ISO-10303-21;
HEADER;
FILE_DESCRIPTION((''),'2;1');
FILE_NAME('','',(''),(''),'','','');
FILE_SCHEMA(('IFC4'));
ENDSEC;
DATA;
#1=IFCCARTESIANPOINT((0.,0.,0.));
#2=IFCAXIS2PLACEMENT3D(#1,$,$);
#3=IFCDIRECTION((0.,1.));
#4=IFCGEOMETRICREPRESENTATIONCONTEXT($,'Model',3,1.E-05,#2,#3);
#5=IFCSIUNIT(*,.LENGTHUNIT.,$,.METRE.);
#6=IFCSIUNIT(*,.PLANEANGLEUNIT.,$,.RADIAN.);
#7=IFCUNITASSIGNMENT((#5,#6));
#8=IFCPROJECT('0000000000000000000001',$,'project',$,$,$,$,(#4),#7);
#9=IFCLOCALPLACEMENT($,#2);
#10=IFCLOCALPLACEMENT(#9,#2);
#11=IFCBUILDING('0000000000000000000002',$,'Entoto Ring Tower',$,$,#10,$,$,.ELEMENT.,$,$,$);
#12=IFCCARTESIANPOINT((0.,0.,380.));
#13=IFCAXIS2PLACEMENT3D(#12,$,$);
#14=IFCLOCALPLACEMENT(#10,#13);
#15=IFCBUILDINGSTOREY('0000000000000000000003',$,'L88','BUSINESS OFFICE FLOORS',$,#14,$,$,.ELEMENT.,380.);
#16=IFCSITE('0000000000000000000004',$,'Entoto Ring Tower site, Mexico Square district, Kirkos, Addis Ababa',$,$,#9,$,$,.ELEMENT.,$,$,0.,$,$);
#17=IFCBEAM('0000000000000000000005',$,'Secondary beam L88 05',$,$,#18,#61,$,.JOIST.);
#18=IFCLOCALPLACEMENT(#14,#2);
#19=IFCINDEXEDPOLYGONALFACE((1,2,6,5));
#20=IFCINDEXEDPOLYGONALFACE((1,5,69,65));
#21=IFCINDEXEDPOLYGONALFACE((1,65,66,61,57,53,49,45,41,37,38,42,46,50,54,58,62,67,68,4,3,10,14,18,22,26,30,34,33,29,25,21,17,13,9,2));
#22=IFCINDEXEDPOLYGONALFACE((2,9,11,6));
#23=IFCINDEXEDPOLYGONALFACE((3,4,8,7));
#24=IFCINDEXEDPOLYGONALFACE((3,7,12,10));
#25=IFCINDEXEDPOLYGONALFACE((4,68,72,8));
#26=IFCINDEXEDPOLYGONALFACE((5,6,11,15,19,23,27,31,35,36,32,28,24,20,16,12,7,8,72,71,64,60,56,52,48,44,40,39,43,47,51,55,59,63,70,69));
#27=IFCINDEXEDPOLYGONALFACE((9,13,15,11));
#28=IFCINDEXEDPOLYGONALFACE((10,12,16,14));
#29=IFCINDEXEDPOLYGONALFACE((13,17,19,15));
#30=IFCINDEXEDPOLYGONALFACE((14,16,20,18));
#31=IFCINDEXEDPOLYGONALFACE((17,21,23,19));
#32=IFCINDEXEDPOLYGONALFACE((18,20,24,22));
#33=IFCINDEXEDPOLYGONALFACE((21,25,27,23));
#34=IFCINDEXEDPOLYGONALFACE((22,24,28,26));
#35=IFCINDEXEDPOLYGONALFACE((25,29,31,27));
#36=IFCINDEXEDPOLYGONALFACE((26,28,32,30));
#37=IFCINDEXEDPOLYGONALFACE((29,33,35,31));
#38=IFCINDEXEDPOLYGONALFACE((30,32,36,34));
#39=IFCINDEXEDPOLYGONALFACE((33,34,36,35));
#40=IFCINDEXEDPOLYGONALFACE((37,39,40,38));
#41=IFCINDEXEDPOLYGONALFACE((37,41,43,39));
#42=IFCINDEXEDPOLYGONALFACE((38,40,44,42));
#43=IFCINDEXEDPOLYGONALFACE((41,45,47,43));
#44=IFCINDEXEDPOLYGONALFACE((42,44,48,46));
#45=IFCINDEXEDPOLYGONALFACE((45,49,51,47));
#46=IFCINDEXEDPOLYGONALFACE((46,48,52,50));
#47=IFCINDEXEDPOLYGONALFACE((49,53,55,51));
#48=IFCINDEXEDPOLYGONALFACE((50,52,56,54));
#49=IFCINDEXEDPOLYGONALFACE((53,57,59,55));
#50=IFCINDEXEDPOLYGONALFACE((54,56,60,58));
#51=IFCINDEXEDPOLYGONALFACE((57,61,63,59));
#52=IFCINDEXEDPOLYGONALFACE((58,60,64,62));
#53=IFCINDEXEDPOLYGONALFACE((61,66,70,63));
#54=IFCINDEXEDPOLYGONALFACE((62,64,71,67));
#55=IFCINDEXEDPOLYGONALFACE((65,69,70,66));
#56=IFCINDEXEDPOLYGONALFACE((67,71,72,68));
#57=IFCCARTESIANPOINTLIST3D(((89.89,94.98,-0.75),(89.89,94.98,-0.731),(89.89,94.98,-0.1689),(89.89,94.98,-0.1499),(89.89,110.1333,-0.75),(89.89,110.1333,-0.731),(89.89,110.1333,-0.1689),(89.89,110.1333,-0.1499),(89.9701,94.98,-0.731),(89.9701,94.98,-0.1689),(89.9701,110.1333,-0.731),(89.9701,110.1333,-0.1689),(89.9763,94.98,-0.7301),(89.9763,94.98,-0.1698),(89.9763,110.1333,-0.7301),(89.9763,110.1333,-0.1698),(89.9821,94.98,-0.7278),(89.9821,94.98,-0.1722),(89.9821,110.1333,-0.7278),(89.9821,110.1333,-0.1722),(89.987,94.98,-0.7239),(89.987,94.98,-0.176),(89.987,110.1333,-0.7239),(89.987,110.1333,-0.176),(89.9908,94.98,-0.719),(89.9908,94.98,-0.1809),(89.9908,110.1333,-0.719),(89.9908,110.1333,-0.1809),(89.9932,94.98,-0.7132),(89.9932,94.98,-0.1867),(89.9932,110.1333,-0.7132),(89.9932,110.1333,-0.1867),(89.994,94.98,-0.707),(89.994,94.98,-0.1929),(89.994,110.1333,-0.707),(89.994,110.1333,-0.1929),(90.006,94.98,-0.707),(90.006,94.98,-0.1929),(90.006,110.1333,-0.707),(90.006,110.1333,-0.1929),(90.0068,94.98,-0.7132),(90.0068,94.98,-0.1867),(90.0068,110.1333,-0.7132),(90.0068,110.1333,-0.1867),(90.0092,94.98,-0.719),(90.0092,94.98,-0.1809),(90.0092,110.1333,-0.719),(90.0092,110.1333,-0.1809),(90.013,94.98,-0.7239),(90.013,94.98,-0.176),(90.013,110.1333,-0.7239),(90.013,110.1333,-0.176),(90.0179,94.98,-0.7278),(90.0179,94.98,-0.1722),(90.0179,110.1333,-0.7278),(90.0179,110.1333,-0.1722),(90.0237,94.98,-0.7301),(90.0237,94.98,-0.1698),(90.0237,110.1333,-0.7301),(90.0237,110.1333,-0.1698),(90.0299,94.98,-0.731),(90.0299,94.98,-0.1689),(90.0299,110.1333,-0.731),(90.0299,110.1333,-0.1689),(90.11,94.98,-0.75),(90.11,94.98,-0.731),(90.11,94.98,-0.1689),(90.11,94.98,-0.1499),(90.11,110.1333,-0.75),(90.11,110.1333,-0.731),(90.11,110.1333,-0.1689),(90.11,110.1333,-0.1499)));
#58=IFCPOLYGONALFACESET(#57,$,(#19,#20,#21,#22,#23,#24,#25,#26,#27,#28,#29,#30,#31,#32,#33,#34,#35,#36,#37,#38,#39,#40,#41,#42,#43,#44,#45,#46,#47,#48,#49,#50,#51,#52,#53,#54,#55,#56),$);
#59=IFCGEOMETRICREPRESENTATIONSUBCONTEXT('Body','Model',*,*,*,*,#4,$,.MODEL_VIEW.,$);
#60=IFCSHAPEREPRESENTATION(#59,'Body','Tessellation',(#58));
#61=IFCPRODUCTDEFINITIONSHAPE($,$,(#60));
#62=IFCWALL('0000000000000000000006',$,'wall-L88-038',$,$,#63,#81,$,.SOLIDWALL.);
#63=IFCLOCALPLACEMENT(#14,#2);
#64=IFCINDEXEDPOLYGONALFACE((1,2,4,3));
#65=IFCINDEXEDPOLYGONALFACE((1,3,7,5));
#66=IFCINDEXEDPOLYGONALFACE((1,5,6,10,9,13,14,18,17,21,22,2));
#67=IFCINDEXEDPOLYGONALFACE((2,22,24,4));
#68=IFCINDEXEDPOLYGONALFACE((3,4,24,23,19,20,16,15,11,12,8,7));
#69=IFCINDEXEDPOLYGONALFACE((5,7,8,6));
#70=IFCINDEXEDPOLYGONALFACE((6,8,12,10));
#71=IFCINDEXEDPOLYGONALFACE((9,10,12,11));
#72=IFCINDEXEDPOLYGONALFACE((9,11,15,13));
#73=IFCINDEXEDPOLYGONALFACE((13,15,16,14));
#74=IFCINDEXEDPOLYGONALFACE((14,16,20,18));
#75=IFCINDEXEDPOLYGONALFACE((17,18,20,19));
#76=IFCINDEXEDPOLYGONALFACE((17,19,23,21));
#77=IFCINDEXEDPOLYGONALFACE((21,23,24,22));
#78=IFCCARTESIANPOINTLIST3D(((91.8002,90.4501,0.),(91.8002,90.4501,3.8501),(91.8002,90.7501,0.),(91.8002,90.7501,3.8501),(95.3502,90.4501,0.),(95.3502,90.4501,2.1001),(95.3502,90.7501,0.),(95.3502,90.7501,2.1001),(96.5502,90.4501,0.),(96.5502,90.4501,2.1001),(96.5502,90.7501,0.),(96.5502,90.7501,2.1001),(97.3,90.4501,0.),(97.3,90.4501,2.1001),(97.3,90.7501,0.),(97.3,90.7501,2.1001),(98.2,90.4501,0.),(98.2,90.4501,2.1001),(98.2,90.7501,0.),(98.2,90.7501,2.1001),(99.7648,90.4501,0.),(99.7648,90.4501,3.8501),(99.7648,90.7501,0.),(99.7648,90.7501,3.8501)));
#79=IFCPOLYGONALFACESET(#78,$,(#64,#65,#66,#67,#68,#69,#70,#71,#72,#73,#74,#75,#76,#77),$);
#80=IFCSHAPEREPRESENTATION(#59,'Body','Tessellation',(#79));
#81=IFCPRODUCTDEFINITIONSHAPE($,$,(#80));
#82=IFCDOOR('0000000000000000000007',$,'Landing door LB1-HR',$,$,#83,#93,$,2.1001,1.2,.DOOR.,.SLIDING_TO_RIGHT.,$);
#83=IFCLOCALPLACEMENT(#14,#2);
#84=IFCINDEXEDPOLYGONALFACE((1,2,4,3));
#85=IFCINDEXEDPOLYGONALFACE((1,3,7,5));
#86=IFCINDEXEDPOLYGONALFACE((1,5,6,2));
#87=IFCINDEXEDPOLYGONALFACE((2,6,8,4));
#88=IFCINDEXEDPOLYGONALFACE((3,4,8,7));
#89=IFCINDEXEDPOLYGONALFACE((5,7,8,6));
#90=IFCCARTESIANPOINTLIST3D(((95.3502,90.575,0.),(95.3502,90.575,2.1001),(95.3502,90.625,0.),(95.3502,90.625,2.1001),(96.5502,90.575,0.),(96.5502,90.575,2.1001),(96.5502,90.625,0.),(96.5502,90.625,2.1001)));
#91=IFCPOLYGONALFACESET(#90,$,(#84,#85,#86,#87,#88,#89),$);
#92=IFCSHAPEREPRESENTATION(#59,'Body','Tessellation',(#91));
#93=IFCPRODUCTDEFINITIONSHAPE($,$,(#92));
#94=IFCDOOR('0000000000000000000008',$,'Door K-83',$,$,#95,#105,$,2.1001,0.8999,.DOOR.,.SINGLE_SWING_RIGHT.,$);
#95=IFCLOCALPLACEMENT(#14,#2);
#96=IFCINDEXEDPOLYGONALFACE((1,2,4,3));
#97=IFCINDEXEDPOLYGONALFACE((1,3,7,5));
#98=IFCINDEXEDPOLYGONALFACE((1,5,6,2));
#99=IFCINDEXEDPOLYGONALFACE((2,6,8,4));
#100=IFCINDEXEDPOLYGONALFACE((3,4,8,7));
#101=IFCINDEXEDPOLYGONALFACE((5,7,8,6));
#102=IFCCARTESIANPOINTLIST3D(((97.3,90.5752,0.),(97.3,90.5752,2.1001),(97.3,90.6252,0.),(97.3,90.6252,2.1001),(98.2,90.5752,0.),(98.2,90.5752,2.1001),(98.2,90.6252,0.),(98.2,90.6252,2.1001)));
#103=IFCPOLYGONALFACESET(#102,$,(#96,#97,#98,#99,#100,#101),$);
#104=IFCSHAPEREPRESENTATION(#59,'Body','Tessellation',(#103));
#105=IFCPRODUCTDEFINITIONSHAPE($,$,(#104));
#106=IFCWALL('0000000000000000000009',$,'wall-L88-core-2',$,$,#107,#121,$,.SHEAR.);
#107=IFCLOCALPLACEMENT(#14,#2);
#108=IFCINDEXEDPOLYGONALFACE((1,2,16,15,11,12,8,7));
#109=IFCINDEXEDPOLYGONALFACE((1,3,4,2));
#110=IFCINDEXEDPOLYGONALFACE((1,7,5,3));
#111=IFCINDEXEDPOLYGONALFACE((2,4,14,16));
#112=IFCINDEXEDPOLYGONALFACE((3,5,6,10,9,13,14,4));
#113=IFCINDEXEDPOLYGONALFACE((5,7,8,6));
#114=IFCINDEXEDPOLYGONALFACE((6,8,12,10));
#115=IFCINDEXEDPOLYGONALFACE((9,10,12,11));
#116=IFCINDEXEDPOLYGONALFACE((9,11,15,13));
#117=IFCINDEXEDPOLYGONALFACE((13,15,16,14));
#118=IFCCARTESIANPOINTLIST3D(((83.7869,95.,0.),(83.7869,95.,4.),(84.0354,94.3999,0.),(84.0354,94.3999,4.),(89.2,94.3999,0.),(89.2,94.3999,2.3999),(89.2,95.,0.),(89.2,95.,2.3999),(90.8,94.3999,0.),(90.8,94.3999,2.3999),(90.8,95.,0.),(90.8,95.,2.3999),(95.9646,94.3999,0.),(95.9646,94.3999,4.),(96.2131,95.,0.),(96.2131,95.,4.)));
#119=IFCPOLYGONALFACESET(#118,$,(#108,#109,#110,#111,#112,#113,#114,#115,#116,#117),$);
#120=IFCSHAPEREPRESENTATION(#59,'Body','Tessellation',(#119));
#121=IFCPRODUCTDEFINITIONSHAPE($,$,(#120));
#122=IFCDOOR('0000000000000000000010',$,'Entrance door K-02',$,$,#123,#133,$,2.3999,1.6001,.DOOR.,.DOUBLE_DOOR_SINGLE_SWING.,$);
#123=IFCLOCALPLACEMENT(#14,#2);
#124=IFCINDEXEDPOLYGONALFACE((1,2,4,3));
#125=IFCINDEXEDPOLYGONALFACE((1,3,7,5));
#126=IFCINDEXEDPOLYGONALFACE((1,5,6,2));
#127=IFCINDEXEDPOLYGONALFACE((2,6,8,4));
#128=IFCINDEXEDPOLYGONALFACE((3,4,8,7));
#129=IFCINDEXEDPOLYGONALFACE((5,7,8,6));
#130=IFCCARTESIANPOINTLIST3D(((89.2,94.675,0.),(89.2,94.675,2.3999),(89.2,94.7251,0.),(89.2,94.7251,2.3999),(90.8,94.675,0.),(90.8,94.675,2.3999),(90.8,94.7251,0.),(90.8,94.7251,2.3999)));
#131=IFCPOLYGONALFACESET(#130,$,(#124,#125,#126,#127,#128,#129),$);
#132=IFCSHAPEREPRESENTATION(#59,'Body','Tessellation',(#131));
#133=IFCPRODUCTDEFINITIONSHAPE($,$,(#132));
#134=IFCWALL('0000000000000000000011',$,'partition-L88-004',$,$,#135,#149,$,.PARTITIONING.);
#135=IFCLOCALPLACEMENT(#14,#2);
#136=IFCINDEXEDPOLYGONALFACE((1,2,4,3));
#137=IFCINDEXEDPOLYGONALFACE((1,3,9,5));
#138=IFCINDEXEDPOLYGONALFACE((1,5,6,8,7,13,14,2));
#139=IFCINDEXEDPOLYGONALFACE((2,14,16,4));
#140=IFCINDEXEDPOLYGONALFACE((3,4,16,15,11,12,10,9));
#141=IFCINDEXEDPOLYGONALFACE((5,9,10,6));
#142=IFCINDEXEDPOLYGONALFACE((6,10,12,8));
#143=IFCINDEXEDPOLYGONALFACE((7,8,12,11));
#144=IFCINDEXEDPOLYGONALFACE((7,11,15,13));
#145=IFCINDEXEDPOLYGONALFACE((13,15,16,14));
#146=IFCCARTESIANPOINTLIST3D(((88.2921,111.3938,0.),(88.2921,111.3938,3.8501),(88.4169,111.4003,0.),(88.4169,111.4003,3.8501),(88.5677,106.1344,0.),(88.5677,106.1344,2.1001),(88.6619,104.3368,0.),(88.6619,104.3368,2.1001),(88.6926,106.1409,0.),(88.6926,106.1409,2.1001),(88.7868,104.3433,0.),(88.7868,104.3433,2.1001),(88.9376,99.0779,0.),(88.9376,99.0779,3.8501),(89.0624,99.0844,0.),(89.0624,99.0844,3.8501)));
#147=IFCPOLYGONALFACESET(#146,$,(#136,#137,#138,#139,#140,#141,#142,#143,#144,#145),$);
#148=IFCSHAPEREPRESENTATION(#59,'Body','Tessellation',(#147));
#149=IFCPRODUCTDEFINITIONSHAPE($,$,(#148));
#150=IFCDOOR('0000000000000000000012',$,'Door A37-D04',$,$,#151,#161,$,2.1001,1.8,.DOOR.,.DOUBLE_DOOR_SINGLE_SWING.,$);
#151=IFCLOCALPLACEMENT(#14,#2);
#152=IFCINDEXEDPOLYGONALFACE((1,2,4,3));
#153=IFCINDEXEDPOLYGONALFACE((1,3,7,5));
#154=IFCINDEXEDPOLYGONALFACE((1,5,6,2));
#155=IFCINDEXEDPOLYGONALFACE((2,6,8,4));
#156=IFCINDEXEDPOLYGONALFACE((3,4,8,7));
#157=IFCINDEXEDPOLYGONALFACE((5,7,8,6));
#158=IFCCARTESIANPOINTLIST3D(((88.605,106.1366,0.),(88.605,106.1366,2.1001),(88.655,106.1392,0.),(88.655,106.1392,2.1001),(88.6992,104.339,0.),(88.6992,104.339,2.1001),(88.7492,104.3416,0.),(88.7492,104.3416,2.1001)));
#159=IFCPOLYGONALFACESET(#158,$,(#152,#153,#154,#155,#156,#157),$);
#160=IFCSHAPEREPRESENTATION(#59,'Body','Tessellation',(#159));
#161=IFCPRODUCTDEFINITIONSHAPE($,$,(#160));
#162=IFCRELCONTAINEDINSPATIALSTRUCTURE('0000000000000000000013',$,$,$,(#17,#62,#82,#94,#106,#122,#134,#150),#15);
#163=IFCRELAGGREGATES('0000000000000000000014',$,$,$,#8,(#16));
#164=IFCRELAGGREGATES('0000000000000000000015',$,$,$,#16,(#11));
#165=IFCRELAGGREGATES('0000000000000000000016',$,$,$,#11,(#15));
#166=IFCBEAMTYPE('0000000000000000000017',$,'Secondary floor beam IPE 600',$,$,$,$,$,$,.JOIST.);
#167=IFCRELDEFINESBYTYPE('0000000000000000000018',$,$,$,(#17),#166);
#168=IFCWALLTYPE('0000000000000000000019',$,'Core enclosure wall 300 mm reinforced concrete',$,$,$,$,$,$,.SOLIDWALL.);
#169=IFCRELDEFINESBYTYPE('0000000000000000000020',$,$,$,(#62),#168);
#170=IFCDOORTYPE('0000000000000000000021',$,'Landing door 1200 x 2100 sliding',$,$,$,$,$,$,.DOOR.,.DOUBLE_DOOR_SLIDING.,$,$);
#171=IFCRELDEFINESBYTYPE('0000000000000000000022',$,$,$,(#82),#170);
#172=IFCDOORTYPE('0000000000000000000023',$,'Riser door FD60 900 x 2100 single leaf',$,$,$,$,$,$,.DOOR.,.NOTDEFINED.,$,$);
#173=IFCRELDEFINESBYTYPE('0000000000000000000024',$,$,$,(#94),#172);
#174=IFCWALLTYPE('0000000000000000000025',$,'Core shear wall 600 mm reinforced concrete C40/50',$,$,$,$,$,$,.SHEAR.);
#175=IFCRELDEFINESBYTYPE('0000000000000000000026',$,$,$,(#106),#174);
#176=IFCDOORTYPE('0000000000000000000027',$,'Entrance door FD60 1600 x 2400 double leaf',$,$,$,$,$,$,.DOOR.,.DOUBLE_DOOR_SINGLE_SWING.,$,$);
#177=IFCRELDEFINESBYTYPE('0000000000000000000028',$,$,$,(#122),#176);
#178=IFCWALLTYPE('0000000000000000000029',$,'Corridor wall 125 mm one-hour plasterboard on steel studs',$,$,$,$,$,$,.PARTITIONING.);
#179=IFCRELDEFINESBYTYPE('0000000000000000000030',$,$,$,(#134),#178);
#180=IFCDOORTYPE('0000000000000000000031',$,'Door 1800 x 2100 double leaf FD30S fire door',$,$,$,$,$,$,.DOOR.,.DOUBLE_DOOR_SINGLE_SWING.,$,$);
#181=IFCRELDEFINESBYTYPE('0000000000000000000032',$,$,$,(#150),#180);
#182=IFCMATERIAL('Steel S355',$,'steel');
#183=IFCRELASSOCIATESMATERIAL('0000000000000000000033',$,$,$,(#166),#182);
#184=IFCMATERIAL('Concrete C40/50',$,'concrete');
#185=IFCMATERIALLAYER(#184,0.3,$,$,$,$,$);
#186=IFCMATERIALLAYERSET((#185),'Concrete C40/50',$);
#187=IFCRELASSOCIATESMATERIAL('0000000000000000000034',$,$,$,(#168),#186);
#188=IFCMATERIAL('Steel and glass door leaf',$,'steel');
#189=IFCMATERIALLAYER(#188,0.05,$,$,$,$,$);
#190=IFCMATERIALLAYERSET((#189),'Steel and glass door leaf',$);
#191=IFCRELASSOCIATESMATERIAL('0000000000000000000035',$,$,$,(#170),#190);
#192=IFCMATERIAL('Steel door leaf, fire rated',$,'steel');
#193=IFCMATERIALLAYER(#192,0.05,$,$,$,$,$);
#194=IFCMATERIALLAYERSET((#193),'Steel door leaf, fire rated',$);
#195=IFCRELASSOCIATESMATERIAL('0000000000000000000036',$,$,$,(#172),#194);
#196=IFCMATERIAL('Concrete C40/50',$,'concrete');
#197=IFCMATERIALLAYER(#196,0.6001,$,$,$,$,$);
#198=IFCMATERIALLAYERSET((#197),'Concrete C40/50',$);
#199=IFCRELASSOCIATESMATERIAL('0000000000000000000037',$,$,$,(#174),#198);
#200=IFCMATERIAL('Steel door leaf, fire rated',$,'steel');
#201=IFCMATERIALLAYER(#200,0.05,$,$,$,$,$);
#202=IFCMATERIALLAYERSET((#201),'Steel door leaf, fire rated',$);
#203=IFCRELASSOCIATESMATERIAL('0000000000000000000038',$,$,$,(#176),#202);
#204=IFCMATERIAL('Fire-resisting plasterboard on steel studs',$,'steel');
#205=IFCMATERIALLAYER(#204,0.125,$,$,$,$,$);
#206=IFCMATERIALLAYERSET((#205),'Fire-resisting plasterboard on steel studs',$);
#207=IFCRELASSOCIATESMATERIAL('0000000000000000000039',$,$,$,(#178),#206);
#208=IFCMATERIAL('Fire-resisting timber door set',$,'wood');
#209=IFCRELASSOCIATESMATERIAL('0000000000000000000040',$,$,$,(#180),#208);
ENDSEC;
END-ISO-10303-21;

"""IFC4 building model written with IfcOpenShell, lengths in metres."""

from ifc_helpers import new_model, si_unit, direction, frame, frame_2d, origin, origin_2d, place, context, subcontext, project, spatial, polyline, rectangle, i_section, outline, extrude, material, layer, layer_set, material_profile, profile_set, type_object, element, fill, save


model = new_model("IFC4")

# Units and contexts
model_context = context("Model", 3, precision=1e-05, world=origin(), true_north=direction((0.0, 1.0)))
body_context = subcontext(model_context, "Body", "Model", "MODEL_VIEW")
ifc_project = project(units=[si_unit("LENGTHUNIT", "METRE"), si_unit("PLANEANGLEUNIT", "RADIAN")], contexts=[model_context])

# Site, building, storey
site_placement = place(None, origin())
site = spatial("IfcSite", under=ifc_project, at=site_placement, Name="Entoto Ring Tower site, Mexico Square district, Kirkos, Addis Ababa", CompositionType="ELEMENT", RefElevation=0.0)
building_placement = place(site_placement, origin())
building = spatial("IfcBuilding", under=site, at=building_placement, Name="Entoto Ring Tower", CompositionType="ELEMENT")
storey_placement = place(building_placement, frame((0.0, 0.0, 380.0)))
storey = spatial("IfcBuildingStorey", under=building, at=storey_placement, Name="L88", Description="BUSINESS OFFICE FLOORS", CompositionType="ELEMENT", Elevation=380.0)

# Beam
ifc_material_1 = material(Name="Steel S355", Category="steel")
ifc_material_profile_1 = material_profile(ifc_material_1, i_section(OverallWidth=0.22, OverallDepth=0.6001, WebThickness=0.012, FlangeThickness=0.019, FilletRadius=0.0239, at=origin_2d()), Name="IPE 600")
ifc_profile_set_1 = profile_set([ifc_material_profile_1], Name="Steel S355")
beam_type_1 = type_object("IfcBeamType", Name="Secondary floor beam IPE 600", PredefinedType="JOIST", material=ifc_profile_set_1)
beam_1_placement = place(storey_placement, frame((90.0, 94.98, -0.45), z_axis=(0.0, 1.0, 0.0), x_axis=(-1.0, 0.0, 0.0)))
element("IfcBeam", 1, at=beam_1_placement, inside=storey, type_object=beam_type_1, Name="Secondary beam L88 05", PredefinedType="JOIST", context=body_context, shape_type="SweptSolid", body=[
    extrude(i_section(OverallWidth=0.22, OverallDepth=0.6001, WebThickness=0.012, FlangeThickness=0.019, FilletRadius=0.0239, at=origin_2d()), origin(), (0.0, 0.0, 1.0), 15.1533),
])

# Wall, openings, doors
ifc_material_2 = material(Name="Concrete C40/50", Category="concrete")
ifc_layer_1 = layer(ifc_material_2, 0.3)
ifc_layer_set_1 = layer_set([ifc_layer_1], Name="Concrete C40/50")
wall_type_1 = type_object("IfcWallType", Name="Core enclosure wall 300 mm reinforced concrete", PredefinedType="SOLIDWALL", material=ifc_layer_set_1)
wall_1_placement = place(storey_placement, frame((91.8, 90.6001, 0.0), z_axis=(0.0, 0.0, 1.0), x_axis=(1.0, 0.0, 0.0)))
wall_1 = element("IfcWall", 2, at=wall_1_placement, inside=storey, type_object=wall_type_1, Name="wall-L88-038", PredefinedType="SOLIDWALL", context=body_context, shape_type="SweptSolid", body=[
    extrude(rectangle(XDim=7.9646, YDim=0.3, at=frame_2d((3.9824, 0.0))), origin(), (0.0, 0.0, 1.0), 3.8501),
])
opening_1_placement = place(wall_1_placement, frame((3.55, 0.0, 0.0)))
opening_1 = element("IfcOpeningElement", 3, at=opening_1_placement, cuts=wall_1, PredefinedType="OPENING", context=body_context, shape_type="SweptSolid", body=[
    extrude(rectangle(XDim=1.2, YDim=2.1001, at=frame_2d((0.6001, 1.05))), frame((0.0, 0.1602, 0.0), z_axis=(0.0, -1.0, 0.0), x_axis=(1.0, 0.0, 0.0)), (0.0, 0.0, 1.0), 0.3201),
])
opening_2_placement = place(wall_1_placement, frame((5.5, 0.0, 0.0)))
opening_2 = element("IfcOpeningElement", 4, at=opening_2_placement, cuts=wall_1, PredefinedType="OPENING", context=body_context, shape_type="SweptSolid", body=[
    extrude(rectangle(XDim=0.8999, YDim=2.1001, at=frame_2d((0.45, 1.05))), frame((0.0, 0.1602, 0.0), z_axis=(0.0, -1.0, 0.0), x_axis=(1.0, 0.0, 0.0)), (0.0, 0.0, 1.0), 0.3201),
])
ifc_material_3 = material(Name="Steel and glass door leaf", Category="steel")
ifc_layer_2 = layer(ifc_material_3, 0.05)
ifc_layer_set_2 = layer_set([ifc_layer_2], Name="Steel and glass door leaf")
door_type_1 = type_object("IfcDoorType", Name="Landing door 1200 x 2100 sliding", OperationType="DOUBLE_DOOR_SLIDING", PredefinedType="DOOR", material=ifc_layer_set_2)
door_1_placement = place(opening_1_placement, origin())
door_1 = element("IfcDoor", 5, at=door_1_placement, inside=storey, type_object=door_type_1, Name="Landing door LB1-HR", OperationType="SLIDING_TO_RIGHT", OverallHeight=2.1001, OverallWidth=1.2, PredefinedType="DOOR", context=body_context, shape_type="SweptSolid", body=[
    extrude(rectangle(XDim=1.2, YDim=2.1001, at=frame_2d((0.6001, 1.05))), frame((0.0, 0.0249, 0.0), z_axis=(0.0, -1.0, 0.0), x_axis=(1.0, 0.0, 0.0)), (0.0, 0.0, 1.0), 0.05),
])
fill(opening_1, door_1)
ifc_material_4 = material(Name="Steel door leaf, fire rated", Category="steel")
ifc_layer_3 = layer(ifc_material_4, 0.05)
ifc_layer_set_3 = layer_set([ifc_layer_3], Name="Steel door leaf, fire rated")
door_type_2 = type_object("IfcDoorType", Name="Riser door FD60 900 x 2100 single leaf", OperationType="NOTDEFINED", PredefinedType="DOOR", material=ifc_layer_set_3)
door_2_placement = place(opening_2_placement, frame((0.8999, 0.0, 0.0), z_axis=(0.0, 0.0, 1.0), x_axis=(-1.0, 0.0, 0.0)))
door_2 = element("IfcDoor", 6, at=door_2_placement, inside=storey, type_object=door_type_2, Name="Door K-83", OperationType="SINGLE_SWING_RIGHT", OverallHeight=2.1001, OverallWidth=0.8999, PredefinedType="DOOR", context=body_context, shape_type="SweptSolid", body=[
    extrude(rectangle(XDim=0.8999, YDim=2.1001, at=frame_2d((0.45, 1.05))), frame((0.0, 0.0249, 0.0), z_axis=(0.0, -1.0, 0.0), x_axis=(1.0, 0.0, 0.0)), (0.0, 0.0, 1.0), 0.05),
])
fill(opening_2, door_2)

# Walls, openings, doors
ifc_material_5 = material(Name="Concrete C40/50", Category="concrete")
ifc_layer_4 = layer(ifc_material_5, 0.6001)
ifc_layer_set_4 = layer_set([ifc_layer_4], Name="Concrete C40/50")
wall_type_2 = type_object("IfcWallType", Name="Core shear wall 600 mm reinforced concrete C40/50", PredefinedType="SHEAR", material=ifc_layer_set_4)
wall_2_placement = place(storey_placement, frame((96.0889, 94.7, 0.0), z_axis=(0.0, 0.0, 1.0), x_axis=(-1.0, 0.0, 0.0)))
wall_2 = element("IfcWall", 7, at=wall_2_placement, inside=storey, type_object=wall_type_2, Name="wall-L88-core-2", PredefinedType="SHEAR", context=body_context, shape_type="SweptSolid", body=[
    extrude(outline(polyline([(-0.1243, -0.3), (12.302, -0.3), (12.0535, 0.3), (0.1243, 0.3), (-0.1243, -0.3)])), origin(), (0.0, 0.0, 1.0), 4.0),
])
opening_3_placement = place(wall_2_placement, frame((5.2888, 0.0, 0.0)))
opening_3 = element("IfcOpeningElement", 8, at=opening_3_placement, cuts=wall_2, PredefinedType="OPENING", context=body_context, shape_type="SweptSolid", body=[
    extrude(rectangle(XDim=1.6001, YDim=2.3999, at=frame_2d((0.8, 1.2))), frame((0.0, 0.3101, 0.0), z_axis=(0.0, -1.0, 0.0), x_axis=(1.0, 0.0, 0.0)), (0.0, 0.0, 1.0), 0.6201),
])
ifc_material_6 = material(Name="Steel door leaf, fire rated", Category="steel")
ifc_layer_5 = layer(ifc_material_6, 0.05)
ifc_layer_set_5 = layer_set([ifc_layer_5], Name="Steel door leaf, fire rated")
door_type_3 = type_object("IfcDoorType", Name="Entrance door FD60 1600 x 2400 double leaf", OperationType="DOUBLE_DOOR_SINGLE_SWING", PredefinedType="DOOR", material=ifc_layer_set_5)
door_3_placement = place(opening_3_placement, origin())
door_3 = element("IfcDoor", 9, at=door_3_placement, inside=storey, type_object=door_type_3, Name="Entrance door K-02", OperationType="DOUBLE_DOOR_SINGLE_SWING", OverallHeight=2.3999, OverallWidth=1.6001, PredefinedType="DOOR", context=body_context, shape_type="SweptSolid", body=[
    extrude(rectangle(XDim=1.6001, YDim=2.3999, at=frame_2d((0.8, 1.2))), frame((0.0, 0.0249, 0.0), z_axis=(0.0, -1.0, 0.0), x_axis=(1.0, 0.0, 0.0)), (0.0, 0.0, 1.0), 0.05),
])
fill(opening_3, door_3)
ifc_material_7 = material(Name="Fire-resisting plasterboard on steel studs", Category="steel")
ifc_layer_6 = layer(ifc_material_7, 0.125)
ifc_layer_set_6 = layer_set([ifc_layer_6], Name="Fire-resisting plasterboard on steel studs")
wall_type_3 = type_object("IfcWallType", Name="Corridor wall 125 mm one-hour plasterboard on steel studs", PredefinedType="PARTITIONING", material=ifc_layer_set_6)
wall_3_placement = place(storey_placement, frame((89.0, 99.0811, 0.0), z_axis=(0.0, 0.0, 1.0), x_axis=(-0.052341, 0.998629, 0.0)))
wall_3 = element("IfcWall", 10, at=wall_3_placement, inside=storey, type_object=wall_type_3, Name="partition-L88-004", PredefinedType="PARTITIONING", context=body_context, shape_type="SweptSolid", body=[
    extrude(rectangle(XDim=12.3328, YDim=0.125, at=frame_2d((6.1665, 0.0))), origin(), (0.0, 0.0, 1.0), 3.8501),
])
opening_4_placement = place(wall_3_placement, frame((5.2664, 0.0, 0.0)))
opening_4 = element("IfcOpeningElement", 11, at=opening_4_placement, cuts=wall_3, PredefinedType="OPENING", context=body_context, shape_type="SweptSolid", body=[
    extrude(rectangle(XDim=1.8, YDim=2.1001, at=frame_2d((0.8999, 1.05))), frame((0.0, 0.0725, 0.0), z_axis=(0.0, -1.0, 0.0), x_axis=(1.0, 0.0, 0.0)), (0.0, 0.0, 1.0), 0.145),
])
ifc_material_8 = material(Name="Fire-resisting timber door set", Category="wood")
door_type_4 = type_object("IfcDoorType", Name="Door 1800 x 2100 double leaf FD30S fire door", OperationType="DOUBLE_DOOR_SINGLE_SWING", PredefinedType="DOOR", material=ifc_material_8)
door_4_placement = place(opening_4_placement, frame((1.8, 0.0, 0.0), z_axis=(0.0, 0.0, 1.0), x_axis=(-1.0, 0.0, 0.0)))
door_4 = element("IfcDoor", 12, at=door_4_placement, inside=storey, type_object=door_type_4, Name="Door A37-D04", OperationType="DOUBLE_DOOR_SINGLE_SWING", OverallHeight=2.1001, OverallWidth=1.8, PredefinedType="DOOR", context=body_context, shape_type="SweptSolid", body=[
    extrude(rectangle(XDim=1.8, YDim=2.1001, at=frame_2d((0.8999, 1.05))), frame((0.0, 0.0249, 0.0), z_axis=(0.0, -1.0, 0.0), x_axis=(1.0, 0.0, 0.0)), (0.0, 0.0, 1.0), 0.05),
])
fill(opening_4, door_4)

save(model, "model.ifc")
